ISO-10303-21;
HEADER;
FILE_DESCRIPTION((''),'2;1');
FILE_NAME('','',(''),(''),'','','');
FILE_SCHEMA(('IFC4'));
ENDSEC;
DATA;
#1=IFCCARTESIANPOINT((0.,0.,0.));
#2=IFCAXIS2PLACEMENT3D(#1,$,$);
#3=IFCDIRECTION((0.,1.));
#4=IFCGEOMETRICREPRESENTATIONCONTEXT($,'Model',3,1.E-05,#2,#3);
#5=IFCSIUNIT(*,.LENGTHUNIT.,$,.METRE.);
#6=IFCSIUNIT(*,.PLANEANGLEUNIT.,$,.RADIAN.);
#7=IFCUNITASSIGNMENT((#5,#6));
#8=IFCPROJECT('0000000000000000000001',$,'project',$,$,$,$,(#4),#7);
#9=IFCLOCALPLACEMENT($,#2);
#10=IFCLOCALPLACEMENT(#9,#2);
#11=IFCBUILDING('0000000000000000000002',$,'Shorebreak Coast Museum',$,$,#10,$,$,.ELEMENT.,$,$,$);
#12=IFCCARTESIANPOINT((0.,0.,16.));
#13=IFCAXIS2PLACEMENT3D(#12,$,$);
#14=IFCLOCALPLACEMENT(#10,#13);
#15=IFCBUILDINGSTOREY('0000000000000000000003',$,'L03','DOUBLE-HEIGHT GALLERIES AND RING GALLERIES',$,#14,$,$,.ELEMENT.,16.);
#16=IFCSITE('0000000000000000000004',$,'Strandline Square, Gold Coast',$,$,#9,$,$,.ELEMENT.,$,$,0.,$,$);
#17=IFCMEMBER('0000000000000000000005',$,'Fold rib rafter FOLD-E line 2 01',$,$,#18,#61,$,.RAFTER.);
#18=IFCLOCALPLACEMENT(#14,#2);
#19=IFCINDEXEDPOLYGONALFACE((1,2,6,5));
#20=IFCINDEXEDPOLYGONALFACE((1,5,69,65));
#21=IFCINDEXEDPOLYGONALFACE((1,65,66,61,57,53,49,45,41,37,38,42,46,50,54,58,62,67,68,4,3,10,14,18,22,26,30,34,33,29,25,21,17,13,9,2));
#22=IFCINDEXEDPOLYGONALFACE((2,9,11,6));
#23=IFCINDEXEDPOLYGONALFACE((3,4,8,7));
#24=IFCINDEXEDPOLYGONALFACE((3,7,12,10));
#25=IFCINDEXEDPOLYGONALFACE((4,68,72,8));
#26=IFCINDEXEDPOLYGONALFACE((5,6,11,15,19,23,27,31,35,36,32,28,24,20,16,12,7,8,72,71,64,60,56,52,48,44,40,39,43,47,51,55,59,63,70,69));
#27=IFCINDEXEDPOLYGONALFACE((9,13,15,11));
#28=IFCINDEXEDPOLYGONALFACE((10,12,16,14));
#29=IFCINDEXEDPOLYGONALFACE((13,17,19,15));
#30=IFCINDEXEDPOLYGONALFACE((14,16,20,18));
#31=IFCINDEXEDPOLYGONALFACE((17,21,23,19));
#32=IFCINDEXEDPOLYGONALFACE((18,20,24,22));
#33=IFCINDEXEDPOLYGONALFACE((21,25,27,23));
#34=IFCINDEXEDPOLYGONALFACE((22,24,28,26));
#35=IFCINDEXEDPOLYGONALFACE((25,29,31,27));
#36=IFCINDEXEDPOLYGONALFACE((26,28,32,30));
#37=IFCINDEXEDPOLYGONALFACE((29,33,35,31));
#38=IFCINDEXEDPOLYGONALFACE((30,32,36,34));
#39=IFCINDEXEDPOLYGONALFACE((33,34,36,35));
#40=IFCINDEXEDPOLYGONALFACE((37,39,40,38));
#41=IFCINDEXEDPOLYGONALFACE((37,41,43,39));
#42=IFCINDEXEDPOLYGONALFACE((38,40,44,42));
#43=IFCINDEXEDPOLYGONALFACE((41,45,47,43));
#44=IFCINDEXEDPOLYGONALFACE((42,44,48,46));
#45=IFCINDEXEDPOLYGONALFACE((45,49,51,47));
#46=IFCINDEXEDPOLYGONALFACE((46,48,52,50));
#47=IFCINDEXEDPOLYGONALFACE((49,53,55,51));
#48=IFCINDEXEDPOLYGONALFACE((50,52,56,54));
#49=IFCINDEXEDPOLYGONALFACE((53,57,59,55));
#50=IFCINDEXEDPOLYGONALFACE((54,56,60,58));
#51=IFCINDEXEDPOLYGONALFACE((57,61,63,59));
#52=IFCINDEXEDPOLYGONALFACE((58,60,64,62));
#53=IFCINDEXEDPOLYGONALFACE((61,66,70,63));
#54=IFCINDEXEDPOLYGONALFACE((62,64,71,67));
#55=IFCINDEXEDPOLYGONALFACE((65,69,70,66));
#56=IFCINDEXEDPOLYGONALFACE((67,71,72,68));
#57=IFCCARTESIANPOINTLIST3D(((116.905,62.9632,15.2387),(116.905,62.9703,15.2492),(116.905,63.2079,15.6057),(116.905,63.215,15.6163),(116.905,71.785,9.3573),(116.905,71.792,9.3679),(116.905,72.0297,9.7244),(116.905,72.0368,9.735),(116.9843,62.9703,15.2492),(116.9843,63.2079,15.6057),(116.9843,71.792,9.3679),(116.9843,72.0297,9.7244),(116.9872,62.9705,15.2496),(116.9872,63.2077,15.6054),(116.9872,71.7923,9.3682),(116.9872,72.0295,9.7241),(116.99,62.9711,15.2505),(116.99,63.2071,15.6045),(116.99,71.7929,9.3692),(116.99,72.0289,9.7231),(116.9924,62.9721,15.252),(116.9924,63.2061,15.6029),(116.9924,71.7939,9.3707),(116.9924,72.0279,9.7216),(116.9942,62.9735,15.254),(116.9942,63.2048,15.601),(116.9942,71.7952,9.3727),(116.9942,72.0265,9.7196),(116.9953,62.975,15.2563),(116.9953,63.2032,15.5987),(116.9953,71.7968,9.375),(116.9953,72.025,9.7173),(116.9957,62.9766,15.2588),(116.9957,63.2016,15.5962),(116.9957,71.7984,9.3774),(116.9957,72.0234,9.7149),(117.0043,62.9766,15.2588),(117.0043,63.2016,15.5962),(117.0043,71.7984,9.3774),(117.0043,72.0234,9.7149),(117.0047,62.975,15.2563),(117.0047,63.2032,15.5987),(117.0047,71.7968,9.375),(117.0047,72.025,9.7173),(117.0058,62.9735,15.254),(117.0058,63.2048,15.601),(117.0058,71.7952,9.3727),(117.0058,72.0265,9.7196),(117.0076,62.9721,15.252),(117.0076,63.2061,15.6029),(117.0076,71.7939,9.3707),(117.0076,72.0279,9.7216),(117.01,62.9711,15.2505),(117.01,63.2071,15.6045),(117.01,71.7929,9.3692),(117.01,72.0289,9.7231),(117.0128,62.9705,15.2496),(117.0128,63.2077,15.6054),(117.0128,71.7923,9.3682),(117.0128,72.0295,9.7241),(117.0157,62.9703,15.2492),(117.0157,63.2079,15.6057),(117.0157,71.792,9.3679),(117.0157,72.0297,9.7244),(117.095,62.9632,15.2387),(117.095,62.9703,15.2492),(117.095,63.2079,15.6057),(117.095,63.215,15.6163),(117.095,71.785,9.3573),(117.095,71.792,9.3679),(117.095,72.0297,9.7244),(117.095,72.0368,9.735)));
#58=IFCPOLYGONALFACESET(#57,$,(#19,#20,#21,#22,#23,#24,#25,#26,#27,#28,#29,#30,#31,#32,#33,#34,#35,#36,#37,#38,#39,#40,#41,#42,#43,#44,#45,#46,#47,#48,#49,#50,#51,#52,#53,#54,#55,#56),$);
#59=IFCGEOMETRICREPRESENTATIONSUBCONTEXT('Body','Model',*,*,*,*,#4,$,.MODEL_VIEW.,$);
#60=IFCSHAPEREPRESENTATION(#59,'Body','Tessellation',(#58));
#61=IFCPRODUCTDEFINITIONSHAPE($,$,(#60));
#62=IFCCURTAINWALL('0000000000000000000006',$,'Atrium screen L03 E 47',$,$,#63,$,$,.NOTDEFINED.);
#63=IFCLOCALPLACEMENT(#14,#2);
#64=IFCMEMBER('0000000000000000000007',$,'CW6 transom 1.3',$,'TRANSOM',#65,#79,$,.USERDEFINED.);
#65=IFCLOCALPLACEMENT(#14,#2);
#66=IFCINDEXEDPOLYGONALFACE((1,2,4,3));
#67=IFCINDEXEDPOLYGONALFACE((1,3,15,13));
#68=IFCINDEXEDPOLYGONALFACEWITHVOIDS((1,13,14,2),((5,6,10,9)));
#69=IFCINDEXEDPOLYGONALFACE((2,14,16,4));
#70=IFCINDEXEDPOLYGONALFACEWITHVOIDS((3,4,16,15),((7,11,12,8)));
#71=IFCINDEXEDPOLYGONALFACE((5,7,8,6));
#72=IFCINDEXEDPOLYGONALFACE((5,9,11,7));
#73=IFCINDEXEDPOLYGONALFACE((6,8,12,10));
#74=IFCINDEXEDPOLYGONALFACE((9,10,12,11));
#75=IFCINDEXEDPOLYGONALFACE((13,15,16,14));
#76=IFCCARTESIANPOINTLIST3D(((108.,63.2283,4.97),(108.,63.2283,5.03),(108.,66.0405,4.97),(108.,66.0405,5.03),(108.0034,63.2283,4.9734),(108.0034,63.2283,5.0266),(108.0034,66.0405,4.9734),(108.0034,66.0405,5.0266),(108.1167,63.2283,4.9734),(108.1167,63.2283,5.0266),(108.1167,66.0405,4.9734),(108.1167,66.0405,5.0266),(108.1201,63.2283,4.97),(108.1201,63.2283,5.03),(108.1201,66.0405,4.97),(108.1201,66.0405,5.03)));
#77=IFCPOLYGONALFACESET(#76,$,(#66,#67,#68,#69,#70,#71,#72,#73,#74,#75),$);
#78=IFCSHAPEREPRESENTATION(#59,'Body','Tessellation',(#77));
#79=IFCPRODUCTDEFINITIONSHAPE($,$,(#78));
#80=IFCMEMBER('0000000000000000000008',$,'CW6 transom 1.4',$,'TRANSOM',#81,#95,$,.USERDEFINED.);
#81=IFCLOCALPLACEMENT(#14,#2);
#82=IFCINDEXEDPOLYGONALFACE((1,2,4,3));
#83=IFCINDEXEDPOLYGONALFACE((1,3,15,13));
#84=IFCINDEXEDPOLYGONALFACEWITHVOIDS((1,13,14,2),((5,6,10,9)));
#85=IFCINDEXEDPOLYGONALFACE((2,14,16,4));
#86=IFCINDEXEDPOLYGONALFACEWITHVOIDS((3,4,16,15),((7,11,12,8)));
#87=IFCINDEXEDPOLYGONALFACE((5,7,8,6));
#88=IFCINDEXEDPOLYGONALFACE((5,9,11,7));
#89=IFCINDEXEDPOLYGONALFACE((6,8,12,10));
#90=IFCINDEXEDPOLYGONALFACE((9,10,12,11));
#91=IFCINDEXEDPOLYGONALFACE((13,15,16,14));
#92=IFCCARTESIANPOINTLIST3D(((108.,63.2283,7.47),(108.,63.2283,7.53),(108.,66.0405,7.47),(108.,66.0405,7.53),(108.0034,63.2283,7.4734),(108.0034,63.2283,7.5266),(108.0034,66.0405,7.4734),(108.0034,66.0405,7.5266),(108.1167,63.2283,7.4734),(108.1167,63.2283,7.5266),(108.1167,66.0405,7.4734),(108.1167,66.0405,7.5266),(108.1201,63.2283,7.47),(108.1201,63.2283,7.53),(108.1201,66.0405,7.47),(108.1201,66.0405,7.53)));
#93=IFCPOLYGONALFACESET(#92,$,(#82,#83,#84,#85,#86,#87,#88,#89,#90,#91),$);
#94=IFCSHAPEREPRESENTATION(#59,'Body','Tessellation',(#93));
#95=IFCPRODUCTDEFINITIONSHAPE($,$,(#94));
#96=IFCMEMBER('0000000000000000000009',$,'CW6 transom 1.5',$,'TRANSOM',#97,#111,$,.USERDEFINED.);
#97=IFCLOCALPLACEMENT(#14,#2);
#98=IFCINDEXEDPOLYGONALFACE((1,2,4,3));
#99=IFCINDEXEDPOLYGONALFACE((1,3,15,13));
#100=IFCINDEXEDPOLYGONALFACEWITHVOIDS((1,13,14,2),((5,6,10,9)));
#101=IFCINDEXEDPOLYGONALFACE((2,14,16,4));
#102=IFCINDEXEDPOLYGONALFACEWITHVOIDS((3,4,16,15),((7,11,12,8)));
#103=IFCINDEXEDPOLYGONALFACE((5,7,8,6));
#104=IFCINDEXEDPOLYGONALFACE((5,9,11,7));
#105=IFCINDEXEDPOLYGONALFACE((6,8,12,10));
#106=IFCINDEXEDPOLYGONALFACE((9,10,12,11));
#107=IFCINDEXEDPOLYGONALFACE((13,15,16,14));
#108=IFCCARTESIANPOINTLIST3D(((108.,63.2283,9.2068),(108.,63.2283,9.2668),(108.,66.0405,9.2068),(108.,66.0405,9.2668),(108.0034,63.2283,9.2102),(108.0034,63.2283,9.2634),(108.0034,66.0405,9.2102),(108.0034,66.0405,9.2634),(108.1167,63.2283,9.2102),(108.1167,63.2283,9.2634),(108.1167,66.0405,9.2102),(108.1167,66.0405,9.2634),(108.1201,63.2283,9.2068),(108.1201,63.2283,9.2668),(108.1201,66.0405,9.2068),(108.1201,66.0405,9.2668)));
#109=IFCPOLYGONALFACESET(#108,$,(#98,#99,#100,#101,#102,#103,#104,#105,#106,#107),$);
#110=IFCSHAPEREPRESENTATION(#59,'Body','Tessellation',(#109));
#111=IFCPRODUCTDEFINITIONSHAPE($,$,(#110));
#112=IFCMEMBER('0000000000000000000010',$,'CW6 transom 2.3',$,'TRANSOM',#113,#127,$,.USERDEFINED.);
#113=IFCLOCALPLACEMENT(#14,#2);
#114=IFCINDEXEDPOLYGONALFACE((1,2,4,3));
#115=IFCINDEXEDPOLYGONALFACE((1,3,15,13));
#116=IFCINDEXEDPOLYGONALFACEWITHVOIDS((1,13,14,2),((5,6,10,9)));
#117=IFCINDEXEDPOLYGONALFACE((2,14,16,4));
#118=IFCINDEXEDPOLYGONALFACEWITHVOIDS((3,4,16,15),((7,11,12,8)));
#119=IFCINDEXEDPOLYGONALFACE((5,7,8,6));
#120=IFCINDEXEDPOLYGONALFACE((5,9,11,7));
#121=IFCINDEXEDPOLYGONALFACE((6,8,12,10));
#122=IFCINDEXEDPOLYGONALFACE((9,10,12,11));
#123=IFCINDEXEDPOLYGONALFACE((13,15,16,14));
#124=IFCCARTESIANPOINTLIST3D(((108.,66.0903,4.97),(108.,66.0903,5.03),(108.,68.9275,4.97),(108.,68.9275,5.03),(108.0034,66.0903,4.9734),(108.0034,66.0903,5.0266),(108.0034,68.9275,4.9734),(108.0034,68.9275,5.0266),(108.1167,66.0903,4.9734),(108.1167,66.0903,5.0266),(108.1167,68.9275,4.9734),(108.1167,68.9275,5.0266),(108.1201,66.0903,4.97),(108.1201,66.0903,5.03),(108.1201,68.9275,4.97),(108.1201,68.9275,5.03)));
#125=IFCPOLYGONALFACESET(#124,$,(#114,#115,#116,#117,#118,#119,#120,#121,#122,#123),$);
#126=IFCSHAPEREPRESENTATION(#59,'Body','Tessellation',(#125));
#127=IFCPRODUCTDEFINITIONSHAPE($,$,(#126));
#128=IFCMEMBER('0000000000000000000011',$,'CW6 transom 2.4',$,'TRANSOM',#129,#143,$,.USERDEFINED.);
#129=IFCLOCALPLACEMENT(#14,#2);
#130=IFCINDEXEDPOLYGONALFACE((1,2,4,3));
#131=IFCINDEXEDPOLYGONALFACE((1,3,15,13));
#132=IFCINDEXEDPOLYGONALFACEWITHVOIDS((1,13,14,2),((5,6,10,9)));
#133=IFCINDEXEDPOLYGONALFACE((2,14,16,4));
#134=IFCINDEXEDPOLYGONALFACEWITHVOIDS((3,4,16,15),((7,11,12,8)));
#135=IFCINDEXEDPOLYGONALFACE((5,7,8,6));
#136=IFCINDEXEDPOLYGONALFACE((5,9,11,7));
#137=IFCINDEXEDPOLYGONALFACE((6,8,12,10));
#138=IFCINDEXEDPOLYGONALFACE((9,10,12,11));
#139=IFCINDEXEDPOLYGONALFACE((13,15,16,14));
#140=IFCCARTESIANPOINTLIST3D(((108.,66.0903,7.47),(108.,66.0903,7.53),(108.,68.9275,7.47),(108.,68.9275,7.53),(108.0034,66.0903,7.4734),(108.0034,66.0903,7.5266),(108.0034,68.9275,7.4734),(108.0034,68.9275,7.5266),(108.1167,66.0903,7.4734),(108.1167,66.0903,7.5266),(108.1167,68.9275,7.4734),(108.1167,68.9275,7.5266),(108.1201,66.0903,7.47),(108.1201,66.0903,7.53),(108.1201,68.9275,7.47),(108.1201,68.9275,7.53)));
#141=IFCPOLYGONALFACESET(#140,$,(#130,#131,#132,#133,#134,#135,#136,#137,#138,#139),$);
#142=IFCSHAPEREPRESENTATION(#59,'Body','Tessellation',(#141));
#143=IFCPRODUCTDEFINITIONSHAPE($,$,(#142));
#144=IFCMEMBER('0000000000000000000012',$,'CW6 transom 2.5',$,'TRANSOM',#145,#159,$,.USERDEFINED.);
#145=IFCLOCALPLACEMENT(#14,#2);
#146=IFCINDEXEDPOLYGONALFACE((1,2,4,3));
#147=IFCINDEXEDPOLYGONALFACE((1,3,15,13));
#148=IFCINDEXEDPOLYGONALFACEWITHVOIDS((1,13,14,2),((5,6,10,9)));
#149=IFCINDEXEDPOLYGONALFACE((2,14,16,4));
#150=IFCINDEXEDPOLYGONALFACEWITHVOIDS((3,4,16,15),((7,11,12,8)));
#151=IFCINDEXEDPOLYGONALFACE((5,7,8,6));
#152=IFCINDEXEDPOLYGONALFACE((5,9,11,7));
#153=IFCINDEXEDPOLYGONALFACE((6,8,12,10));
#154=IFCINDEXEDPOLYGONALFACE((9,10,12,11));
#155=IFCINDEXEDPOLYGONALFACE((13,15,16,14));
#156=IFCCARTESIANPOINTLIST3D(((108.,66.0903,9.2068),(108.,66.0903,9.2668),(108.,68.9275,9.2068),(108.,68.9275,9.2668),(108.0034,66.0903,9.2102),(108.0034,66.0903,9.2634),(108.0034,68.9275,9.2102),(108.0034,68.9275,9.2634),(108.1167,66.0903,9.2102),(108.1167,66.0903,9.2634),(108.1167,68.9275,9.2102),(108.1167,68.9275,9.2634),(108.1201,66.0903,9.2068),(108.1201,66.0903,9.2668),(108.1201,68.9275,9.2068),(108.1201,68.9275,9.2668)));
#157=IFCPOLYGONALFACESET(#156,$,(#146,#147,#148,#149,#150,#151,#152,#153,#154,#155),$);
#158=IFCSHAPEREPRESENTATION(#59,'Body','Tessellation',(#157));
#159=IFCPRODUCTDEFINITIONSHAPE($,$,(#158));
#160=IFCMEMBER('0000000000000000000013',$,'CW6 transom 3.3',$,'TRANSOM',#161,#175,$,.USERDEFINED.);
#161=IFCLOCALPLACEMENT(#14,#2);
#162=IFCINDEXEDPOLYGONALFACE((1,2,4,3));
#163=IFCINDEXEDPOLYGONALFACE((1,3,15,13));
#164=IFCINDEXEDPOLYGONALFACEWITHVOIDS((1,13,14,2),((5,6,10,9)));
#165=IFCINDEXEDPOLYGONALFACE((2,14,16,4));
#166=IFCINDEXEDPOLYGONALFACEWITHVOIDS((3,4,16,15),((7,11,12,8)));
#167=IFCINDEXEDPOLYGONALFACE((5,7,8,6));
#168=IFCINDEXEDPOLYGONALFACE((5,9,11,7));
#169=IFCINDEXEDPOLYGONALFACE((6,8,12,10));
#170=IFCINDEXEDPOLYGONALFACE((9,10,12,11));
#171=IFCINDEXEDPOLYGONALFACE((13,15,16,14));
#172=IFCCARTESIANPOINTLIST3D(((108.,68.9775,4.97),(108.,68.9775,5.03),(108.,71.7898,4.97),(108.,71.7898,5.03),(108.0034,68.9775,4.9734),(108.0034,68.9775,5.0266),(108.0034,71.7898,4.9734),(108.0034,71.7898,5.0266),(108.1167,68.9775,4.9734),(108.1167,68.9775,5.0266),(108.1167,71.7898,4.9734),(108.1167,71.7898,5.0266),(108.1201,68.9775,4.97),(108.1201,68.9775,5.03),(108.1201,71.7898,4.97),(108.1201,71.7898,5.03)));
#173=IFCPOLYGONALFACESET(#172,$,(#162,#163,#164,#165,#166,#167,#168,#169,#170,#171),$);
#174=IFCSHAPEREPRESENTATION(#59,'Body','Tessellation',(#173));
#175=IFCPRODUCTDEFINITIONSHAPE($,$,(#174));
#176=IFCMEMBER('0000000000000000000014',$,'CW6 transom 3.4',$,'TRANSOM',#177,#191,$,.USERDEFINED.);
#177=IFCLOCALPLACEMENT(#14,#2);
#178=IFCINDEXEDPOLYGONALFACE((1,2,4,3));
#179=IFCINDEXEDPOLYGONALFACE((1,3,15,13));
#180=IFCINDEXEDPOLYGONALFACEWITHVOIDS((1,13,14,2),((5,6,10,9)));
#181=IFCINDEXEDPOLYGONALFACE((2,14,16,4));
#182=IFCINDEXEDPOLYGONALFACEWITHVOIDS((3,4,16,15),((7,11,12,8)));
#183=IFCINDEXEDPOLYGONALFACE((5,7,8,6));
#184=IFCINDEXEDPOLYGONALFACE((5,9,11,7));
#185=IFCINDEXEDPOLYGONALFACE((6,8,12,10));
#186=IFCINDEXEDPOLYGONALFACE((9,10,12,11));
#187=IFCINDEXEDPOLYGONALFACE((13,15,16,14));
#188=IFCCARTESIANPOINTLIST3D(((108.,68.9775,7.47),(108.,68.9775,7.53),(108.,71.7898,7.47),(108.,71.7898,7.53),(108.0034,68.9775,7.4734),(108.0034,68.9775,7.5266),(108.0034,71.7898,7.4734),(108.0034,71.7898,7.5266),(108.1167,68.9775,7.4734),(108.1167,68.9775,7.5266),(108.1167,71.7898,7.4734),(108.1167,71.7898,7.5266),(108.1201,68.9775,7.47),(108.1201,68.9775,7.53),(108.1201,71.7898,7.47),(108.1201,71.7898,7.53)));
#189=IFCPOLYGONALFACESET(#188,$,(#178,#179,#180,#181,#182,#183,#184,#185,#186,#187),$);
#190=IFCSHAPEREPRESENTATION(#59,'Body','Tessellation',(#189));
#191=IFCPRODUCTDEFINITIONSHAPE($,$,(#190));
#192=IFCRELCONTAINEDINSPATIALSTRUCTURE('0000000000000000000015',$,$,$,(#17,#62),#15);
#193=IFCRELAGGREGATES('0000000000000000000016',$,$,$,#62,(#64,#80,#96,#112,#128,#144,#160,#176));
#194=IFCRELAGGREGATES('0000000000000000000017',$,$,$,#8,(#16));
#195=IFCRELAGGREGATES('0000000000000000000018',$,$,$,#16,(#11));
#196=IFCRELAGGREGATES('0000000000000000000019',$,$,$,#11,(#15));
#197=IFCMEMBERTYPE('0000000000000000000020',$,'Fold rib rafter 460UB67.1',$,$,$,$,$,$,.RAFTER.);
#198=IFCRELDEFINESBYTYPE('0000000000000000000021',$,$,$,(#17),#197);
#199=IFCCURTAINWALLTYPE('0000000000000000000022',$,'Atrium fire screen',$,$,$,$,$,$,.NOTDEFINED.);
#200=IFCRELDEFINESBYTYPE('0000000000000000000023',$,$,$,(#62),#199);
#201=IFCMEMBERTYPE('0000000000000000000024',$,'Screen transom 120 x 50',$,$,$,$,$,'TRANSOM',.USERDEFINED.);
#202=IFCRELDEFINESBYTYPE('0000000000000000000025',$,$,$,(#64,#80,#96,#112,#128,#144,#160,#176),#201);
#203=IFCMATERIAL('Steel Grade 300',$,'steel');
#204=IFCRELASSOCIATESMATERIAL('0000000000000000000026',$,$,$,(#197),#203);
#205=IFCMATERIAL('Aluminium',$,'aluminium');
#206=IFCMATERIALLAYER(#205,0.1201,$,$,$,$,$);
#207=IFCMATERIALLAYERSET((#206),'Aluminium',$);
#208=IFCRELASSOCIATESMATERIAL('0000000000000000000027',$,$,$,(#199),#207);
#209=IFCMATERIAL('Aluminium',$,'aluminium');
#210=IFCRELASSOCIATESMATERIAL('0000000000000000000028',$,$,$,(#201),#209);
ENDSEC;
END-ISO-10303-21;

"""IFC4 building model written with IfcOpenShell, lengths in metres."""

from ifc_helpers import new_model, si_unit, direction, frame, origin, origin_2d, place, context, subcontext, project, spatial, hollow_rectangle, i_section, extrude, material, layer, layer_set, material_profile, profile_set, type_object, element, aggregate, save


model = new_model("IFC4")

# Units and contexts
model_context = context("Model", 3, precision=1e-05, world=origin(), true_north=direction((0.0, 1.0)))
body_context = subcontext(model_context, "Body", "Model", "MODEL_VIEW")
ifc_project = project(units=[si_unit("LENGTHUNIT", "METRE"), si_unit("PLANEANGLEUNIT", "RADIAN")], contexts=[model_context])

# Site, building, storey
site_placement = place(None, origin())
site = spatial("IfcSite", under=ifc_project, at=site_placement, Name="Strandline Square, Gold Coast", CompositionType="ELEMENT", RefElevation=0.0)
building_placement = place(site_placement, origin())
building = spatial("IfcBuilding", under=site, at=building_placement, Name="Shorebreak Coast Museum", CompositionType="ELEMENT")
storey_placement = place(building_placement, frame((0.0, 0.0, 16.0)))
storey = spatial("IfcBuildingStorey", under=building, at=storey_placement, Name="L03", Description="DOUBLE-HEIGHT GALLERIES AND RING GALLERIES", CompositionType="ELEMENT", Elevation=16.0)

# Member
ifc_material_1 = material(Name="Steel Grade 300", Category="steel")
ifc_material_profile_1 = material_profile(ifc_material_1, i_section(OverallWidth=0.1899, OverallDepth=0.4539, WebThickness=0.0085, FlangeThickness=0.0127, FilletRadius=0.0115, at=origin_2d()), Name="460UB67.1")
ifc_profile_set_1 = profile_set([ifc_material_profile_1], Name="Steel Grade 300")
member_type_1 = type_object("IfcMemberType", Name="Fold rib rafter 460UB67.1", PredefinedType="RAFTER", material=ifc_profile_set_1)
member_1_placement = place(storey_placement, frame((117.0, 63.0891, 15.4275), z_axis=(0.0, 0.832043, -0.554711), x_axis=(-1.0, 0.0, 0.0)))
element("IfcMember", 1, at=member_1_placement, inside=storey, type_object=member_type_1, Name="Fold rib rafter FOLD-E line 2 01", PredefinedType="RAFTER", context=body_context, shape_type="SweptSolid", body=[
    extrude(i_section(OverallWidth=0.1899, OverallDepth=0.4539, WebThickness=0.0085, FlangeThickness=0.0127, FilletRadius=0.0115, at=origin_2d()), origin(), (0.0, 0.0, 1.0), 10.6025),
])

# Curtain wall, members
ifc_material_2 = material(Name="Aluminium", Category="aluminium")
ifc_layer_1 = layer(ifc_material_2, 0.1201)
ifc_layer_set_1 = layer_set([ifc_layer_1], Name="Aluminium")
curtain_wall_type = type_object("IfcCurtainWallType", Name="Atrium fire screen", PredefinedType="NOTDEFINED", material=ifc_layer_set_1)
curtain_wall_1_placement = place(storey_placement, origin())
curtain_wall_1 = element("IfcCurtainWall", 2, at=curtain_wall_1_placement, inside=storey, type_object=curtain_wall_type, Name="Atrium screen L03 E 47", PredefinedType="NOTDEFINED")
ifc_material_3 = material(Name="Aluminium", Category="aluminium")
ifc_material_profile_2 = material_profile(ifc_material_3, hollow_rectangle(XDim=0.1201, YDim=0.0601, WallThickness=0.0034, at=origin_2d()), Name="AL 60x120 RHS")
ifc_profile_set_2 = profile_set([ifc_material_profile_2], Name="Aluminium")
member_type_2 = type_object("IfcMemberType", Name="Screen transom 120 x 50", ElementType="TRANSOM", PredefinedType="USERDEFINED", material=ifc_profile_set_2)
member_2_placement = place(storey_placement, frame((108.0601, 63.2283, 5.0), z_axis=(0.0, 1.0, 0.0), x_axis=(-1.0, 0.0, 0.0)))
member_2 = element("IfcMember", 3, at=member_2_placement, type_object=member_type_2, Name="CW6 transom 1.3", ObjectType="TRANSOM", PredefinedType="USERDEFINED", context=body_context, shape_type="SweptSolid", body=[
    extrude(hollow_rectangle(XDim=0.1201, YDim=0.0601, WallThickness=0.0034, at=origin_2d()), origin(), (0.0, 0.0, 1.0), 2.8123),
])
member_3_placement = place(storey_placement, frame((108.0601, 63.2283, 7.5), z_axis=(0.0, 1.0, 0.0), x_axis=(-1.0, 0.0, 0.0)))
member_3 = element("IfcMember", 4, at=member_3_placement, type_object=member_type_2, Name="CW6 transom 1.4", ObjectType="TRANSOM", PredefinedType="USERDEFINED", context=body_context, shape_type="SweptSolid", body=[
    extrude(hollow_rectangle(XDim=0.1201, YDim=0.0601, WallThickness=0.0034, at=origin_2d()), origin(), (0.0, 0.0, 1.0), 2.8123),
])
member_4_placement = place(storey_placement, frame((108.0601, 63.2283, 9.2368), z_axis=(0.0, 1.0, 0.0), x_axis=(-1.0, 0.0, 0.0)))
member_4 = element("IfcMember", 5, at=member_4_placement, type_object=member_type_2, Name="CW6 transom 1.5", ObjectType="TRANSOM", PredefinedType="USERDEFINED", context=body_context, shape_type="SweptSolid", body=[
    extrude(hollow_rectangle(XDim=0.1201, YDim=0.0601, WallThickness=0.0034, at=origin_2d()), origin(), (0.0, 0.0, 1.0), 2.8123),
])
member_5_placement = place(storey_placement, frame((108.0601, 66.0903, 5.0), z_axis=(0.0, 1.0, 0.0), x_axis=(-1.0, 0.0, 0.0)))
member_5 = element("IfcMember", 6, at=member_5_placement, type_object=member_type_2, Name="CW6 transom 2.3", ObjectType="TRANSOM", PredefinedType="USERDEFINED", context=body_context, shape_type="SweptSolid", body=[
    extrude(hollow_rectangle(XDim=0.1201, YDim=0.0601, WallThickness=0.0034, at=origin_2d()), origin(), (0.0, 0.0, 1.0), 2.8372),
])
member_6_placement = place(storey_placement, frame((108.0601, 66.0903, 7.5), z_axis=(0.0, 1.0, 0.0), x_axis=(-1.0, 0.0, 0.0)))
member_6 = element("IfcMember", 7, at=member_6_placement, type_object=member_type_2, Name="CW6 transom 2.4", ObjectType="TRANSOM", PredefinedType="USERDEFINED", context=body_context, shape_type="SweptSolid", body=[
    extrude(hollow_rectangle(XDim=0.1201, YDim=0.0601, WallThickness=0.0034, at=origin_2d()), origin(), (0.0, 0.0, 1.0), 2.8372),
])
member_7_placement = place(storey_placement, frame((108.0601, 66.0903, 9.2368), z_axis=(0.0, 1.0, 0.0), x_axis=(-1.0, 0.0, 0.0)))
member_7 = element("IfcMember", 8, at=member_7_placement, type_object=member_type_2, Name="CW6 transom 2.5", ObjectType="TRANSOM", PredefinedType="USERDEFINED", context=body_context, shape_type="SweptSolid", body=[
    extrude(hollow_rectangle(XDim=0.1201, YDim=0.0601, WallThickness=0.0034, at=origin_2d()), origin(), (0.0, 0.0, 1.0), 2.8372),
])
member_8_placement = place(storey_placement, frame((108.0601, 68.9775, 5.0), z_axis=(0.0, 1.0, 0.0), x_axis=(-1.0, 0.0, 0.0)))
member_8 = element("IfcMember", 9, at=member_8_placement, type_object=member_type_2, Name="CW6 transom 3.3", ObjectType="TRANSOM", PredefinedType="USERDEFINED", context=body_context, shape_type="SweptSolid", body=[
    extrude(hollow_rectangle(XDim=0.1201, YDim=0.0601, WallThickness=0.0034, at=origin_2d()), origin(), (0.0, 0.0, 1.0), 2.8123),
])
member_9_placement = place(storey_placement, frame((108.0601, 68.9775, 7.5), z_axis=(0.0, 1.0, 0.0), x_axis=(-1.0, 0.0, 0.0)))
member_9 = element("IfcMember", 10, at=member_9_placement, type_object=member_type_2, Name="CW6 transom 3.4", ObjectType="TRANSOM", PredefinedType="USERDEFINED", context=body_context, shape_type="SweptSolid", body=[
    extrude(hollow_rectangle(XDim=0.1201, YDim=0.0601, WallThickness=0.0034, at=origin_2d()), origin(), (0.0, 0.0, 1.0), 2.8123),
])

aggregate(curtain_wall_1, [member_2, member_3, member_4, member_5, member_6, member_7, member_8, member_9])

save(model, "model.ifc")
